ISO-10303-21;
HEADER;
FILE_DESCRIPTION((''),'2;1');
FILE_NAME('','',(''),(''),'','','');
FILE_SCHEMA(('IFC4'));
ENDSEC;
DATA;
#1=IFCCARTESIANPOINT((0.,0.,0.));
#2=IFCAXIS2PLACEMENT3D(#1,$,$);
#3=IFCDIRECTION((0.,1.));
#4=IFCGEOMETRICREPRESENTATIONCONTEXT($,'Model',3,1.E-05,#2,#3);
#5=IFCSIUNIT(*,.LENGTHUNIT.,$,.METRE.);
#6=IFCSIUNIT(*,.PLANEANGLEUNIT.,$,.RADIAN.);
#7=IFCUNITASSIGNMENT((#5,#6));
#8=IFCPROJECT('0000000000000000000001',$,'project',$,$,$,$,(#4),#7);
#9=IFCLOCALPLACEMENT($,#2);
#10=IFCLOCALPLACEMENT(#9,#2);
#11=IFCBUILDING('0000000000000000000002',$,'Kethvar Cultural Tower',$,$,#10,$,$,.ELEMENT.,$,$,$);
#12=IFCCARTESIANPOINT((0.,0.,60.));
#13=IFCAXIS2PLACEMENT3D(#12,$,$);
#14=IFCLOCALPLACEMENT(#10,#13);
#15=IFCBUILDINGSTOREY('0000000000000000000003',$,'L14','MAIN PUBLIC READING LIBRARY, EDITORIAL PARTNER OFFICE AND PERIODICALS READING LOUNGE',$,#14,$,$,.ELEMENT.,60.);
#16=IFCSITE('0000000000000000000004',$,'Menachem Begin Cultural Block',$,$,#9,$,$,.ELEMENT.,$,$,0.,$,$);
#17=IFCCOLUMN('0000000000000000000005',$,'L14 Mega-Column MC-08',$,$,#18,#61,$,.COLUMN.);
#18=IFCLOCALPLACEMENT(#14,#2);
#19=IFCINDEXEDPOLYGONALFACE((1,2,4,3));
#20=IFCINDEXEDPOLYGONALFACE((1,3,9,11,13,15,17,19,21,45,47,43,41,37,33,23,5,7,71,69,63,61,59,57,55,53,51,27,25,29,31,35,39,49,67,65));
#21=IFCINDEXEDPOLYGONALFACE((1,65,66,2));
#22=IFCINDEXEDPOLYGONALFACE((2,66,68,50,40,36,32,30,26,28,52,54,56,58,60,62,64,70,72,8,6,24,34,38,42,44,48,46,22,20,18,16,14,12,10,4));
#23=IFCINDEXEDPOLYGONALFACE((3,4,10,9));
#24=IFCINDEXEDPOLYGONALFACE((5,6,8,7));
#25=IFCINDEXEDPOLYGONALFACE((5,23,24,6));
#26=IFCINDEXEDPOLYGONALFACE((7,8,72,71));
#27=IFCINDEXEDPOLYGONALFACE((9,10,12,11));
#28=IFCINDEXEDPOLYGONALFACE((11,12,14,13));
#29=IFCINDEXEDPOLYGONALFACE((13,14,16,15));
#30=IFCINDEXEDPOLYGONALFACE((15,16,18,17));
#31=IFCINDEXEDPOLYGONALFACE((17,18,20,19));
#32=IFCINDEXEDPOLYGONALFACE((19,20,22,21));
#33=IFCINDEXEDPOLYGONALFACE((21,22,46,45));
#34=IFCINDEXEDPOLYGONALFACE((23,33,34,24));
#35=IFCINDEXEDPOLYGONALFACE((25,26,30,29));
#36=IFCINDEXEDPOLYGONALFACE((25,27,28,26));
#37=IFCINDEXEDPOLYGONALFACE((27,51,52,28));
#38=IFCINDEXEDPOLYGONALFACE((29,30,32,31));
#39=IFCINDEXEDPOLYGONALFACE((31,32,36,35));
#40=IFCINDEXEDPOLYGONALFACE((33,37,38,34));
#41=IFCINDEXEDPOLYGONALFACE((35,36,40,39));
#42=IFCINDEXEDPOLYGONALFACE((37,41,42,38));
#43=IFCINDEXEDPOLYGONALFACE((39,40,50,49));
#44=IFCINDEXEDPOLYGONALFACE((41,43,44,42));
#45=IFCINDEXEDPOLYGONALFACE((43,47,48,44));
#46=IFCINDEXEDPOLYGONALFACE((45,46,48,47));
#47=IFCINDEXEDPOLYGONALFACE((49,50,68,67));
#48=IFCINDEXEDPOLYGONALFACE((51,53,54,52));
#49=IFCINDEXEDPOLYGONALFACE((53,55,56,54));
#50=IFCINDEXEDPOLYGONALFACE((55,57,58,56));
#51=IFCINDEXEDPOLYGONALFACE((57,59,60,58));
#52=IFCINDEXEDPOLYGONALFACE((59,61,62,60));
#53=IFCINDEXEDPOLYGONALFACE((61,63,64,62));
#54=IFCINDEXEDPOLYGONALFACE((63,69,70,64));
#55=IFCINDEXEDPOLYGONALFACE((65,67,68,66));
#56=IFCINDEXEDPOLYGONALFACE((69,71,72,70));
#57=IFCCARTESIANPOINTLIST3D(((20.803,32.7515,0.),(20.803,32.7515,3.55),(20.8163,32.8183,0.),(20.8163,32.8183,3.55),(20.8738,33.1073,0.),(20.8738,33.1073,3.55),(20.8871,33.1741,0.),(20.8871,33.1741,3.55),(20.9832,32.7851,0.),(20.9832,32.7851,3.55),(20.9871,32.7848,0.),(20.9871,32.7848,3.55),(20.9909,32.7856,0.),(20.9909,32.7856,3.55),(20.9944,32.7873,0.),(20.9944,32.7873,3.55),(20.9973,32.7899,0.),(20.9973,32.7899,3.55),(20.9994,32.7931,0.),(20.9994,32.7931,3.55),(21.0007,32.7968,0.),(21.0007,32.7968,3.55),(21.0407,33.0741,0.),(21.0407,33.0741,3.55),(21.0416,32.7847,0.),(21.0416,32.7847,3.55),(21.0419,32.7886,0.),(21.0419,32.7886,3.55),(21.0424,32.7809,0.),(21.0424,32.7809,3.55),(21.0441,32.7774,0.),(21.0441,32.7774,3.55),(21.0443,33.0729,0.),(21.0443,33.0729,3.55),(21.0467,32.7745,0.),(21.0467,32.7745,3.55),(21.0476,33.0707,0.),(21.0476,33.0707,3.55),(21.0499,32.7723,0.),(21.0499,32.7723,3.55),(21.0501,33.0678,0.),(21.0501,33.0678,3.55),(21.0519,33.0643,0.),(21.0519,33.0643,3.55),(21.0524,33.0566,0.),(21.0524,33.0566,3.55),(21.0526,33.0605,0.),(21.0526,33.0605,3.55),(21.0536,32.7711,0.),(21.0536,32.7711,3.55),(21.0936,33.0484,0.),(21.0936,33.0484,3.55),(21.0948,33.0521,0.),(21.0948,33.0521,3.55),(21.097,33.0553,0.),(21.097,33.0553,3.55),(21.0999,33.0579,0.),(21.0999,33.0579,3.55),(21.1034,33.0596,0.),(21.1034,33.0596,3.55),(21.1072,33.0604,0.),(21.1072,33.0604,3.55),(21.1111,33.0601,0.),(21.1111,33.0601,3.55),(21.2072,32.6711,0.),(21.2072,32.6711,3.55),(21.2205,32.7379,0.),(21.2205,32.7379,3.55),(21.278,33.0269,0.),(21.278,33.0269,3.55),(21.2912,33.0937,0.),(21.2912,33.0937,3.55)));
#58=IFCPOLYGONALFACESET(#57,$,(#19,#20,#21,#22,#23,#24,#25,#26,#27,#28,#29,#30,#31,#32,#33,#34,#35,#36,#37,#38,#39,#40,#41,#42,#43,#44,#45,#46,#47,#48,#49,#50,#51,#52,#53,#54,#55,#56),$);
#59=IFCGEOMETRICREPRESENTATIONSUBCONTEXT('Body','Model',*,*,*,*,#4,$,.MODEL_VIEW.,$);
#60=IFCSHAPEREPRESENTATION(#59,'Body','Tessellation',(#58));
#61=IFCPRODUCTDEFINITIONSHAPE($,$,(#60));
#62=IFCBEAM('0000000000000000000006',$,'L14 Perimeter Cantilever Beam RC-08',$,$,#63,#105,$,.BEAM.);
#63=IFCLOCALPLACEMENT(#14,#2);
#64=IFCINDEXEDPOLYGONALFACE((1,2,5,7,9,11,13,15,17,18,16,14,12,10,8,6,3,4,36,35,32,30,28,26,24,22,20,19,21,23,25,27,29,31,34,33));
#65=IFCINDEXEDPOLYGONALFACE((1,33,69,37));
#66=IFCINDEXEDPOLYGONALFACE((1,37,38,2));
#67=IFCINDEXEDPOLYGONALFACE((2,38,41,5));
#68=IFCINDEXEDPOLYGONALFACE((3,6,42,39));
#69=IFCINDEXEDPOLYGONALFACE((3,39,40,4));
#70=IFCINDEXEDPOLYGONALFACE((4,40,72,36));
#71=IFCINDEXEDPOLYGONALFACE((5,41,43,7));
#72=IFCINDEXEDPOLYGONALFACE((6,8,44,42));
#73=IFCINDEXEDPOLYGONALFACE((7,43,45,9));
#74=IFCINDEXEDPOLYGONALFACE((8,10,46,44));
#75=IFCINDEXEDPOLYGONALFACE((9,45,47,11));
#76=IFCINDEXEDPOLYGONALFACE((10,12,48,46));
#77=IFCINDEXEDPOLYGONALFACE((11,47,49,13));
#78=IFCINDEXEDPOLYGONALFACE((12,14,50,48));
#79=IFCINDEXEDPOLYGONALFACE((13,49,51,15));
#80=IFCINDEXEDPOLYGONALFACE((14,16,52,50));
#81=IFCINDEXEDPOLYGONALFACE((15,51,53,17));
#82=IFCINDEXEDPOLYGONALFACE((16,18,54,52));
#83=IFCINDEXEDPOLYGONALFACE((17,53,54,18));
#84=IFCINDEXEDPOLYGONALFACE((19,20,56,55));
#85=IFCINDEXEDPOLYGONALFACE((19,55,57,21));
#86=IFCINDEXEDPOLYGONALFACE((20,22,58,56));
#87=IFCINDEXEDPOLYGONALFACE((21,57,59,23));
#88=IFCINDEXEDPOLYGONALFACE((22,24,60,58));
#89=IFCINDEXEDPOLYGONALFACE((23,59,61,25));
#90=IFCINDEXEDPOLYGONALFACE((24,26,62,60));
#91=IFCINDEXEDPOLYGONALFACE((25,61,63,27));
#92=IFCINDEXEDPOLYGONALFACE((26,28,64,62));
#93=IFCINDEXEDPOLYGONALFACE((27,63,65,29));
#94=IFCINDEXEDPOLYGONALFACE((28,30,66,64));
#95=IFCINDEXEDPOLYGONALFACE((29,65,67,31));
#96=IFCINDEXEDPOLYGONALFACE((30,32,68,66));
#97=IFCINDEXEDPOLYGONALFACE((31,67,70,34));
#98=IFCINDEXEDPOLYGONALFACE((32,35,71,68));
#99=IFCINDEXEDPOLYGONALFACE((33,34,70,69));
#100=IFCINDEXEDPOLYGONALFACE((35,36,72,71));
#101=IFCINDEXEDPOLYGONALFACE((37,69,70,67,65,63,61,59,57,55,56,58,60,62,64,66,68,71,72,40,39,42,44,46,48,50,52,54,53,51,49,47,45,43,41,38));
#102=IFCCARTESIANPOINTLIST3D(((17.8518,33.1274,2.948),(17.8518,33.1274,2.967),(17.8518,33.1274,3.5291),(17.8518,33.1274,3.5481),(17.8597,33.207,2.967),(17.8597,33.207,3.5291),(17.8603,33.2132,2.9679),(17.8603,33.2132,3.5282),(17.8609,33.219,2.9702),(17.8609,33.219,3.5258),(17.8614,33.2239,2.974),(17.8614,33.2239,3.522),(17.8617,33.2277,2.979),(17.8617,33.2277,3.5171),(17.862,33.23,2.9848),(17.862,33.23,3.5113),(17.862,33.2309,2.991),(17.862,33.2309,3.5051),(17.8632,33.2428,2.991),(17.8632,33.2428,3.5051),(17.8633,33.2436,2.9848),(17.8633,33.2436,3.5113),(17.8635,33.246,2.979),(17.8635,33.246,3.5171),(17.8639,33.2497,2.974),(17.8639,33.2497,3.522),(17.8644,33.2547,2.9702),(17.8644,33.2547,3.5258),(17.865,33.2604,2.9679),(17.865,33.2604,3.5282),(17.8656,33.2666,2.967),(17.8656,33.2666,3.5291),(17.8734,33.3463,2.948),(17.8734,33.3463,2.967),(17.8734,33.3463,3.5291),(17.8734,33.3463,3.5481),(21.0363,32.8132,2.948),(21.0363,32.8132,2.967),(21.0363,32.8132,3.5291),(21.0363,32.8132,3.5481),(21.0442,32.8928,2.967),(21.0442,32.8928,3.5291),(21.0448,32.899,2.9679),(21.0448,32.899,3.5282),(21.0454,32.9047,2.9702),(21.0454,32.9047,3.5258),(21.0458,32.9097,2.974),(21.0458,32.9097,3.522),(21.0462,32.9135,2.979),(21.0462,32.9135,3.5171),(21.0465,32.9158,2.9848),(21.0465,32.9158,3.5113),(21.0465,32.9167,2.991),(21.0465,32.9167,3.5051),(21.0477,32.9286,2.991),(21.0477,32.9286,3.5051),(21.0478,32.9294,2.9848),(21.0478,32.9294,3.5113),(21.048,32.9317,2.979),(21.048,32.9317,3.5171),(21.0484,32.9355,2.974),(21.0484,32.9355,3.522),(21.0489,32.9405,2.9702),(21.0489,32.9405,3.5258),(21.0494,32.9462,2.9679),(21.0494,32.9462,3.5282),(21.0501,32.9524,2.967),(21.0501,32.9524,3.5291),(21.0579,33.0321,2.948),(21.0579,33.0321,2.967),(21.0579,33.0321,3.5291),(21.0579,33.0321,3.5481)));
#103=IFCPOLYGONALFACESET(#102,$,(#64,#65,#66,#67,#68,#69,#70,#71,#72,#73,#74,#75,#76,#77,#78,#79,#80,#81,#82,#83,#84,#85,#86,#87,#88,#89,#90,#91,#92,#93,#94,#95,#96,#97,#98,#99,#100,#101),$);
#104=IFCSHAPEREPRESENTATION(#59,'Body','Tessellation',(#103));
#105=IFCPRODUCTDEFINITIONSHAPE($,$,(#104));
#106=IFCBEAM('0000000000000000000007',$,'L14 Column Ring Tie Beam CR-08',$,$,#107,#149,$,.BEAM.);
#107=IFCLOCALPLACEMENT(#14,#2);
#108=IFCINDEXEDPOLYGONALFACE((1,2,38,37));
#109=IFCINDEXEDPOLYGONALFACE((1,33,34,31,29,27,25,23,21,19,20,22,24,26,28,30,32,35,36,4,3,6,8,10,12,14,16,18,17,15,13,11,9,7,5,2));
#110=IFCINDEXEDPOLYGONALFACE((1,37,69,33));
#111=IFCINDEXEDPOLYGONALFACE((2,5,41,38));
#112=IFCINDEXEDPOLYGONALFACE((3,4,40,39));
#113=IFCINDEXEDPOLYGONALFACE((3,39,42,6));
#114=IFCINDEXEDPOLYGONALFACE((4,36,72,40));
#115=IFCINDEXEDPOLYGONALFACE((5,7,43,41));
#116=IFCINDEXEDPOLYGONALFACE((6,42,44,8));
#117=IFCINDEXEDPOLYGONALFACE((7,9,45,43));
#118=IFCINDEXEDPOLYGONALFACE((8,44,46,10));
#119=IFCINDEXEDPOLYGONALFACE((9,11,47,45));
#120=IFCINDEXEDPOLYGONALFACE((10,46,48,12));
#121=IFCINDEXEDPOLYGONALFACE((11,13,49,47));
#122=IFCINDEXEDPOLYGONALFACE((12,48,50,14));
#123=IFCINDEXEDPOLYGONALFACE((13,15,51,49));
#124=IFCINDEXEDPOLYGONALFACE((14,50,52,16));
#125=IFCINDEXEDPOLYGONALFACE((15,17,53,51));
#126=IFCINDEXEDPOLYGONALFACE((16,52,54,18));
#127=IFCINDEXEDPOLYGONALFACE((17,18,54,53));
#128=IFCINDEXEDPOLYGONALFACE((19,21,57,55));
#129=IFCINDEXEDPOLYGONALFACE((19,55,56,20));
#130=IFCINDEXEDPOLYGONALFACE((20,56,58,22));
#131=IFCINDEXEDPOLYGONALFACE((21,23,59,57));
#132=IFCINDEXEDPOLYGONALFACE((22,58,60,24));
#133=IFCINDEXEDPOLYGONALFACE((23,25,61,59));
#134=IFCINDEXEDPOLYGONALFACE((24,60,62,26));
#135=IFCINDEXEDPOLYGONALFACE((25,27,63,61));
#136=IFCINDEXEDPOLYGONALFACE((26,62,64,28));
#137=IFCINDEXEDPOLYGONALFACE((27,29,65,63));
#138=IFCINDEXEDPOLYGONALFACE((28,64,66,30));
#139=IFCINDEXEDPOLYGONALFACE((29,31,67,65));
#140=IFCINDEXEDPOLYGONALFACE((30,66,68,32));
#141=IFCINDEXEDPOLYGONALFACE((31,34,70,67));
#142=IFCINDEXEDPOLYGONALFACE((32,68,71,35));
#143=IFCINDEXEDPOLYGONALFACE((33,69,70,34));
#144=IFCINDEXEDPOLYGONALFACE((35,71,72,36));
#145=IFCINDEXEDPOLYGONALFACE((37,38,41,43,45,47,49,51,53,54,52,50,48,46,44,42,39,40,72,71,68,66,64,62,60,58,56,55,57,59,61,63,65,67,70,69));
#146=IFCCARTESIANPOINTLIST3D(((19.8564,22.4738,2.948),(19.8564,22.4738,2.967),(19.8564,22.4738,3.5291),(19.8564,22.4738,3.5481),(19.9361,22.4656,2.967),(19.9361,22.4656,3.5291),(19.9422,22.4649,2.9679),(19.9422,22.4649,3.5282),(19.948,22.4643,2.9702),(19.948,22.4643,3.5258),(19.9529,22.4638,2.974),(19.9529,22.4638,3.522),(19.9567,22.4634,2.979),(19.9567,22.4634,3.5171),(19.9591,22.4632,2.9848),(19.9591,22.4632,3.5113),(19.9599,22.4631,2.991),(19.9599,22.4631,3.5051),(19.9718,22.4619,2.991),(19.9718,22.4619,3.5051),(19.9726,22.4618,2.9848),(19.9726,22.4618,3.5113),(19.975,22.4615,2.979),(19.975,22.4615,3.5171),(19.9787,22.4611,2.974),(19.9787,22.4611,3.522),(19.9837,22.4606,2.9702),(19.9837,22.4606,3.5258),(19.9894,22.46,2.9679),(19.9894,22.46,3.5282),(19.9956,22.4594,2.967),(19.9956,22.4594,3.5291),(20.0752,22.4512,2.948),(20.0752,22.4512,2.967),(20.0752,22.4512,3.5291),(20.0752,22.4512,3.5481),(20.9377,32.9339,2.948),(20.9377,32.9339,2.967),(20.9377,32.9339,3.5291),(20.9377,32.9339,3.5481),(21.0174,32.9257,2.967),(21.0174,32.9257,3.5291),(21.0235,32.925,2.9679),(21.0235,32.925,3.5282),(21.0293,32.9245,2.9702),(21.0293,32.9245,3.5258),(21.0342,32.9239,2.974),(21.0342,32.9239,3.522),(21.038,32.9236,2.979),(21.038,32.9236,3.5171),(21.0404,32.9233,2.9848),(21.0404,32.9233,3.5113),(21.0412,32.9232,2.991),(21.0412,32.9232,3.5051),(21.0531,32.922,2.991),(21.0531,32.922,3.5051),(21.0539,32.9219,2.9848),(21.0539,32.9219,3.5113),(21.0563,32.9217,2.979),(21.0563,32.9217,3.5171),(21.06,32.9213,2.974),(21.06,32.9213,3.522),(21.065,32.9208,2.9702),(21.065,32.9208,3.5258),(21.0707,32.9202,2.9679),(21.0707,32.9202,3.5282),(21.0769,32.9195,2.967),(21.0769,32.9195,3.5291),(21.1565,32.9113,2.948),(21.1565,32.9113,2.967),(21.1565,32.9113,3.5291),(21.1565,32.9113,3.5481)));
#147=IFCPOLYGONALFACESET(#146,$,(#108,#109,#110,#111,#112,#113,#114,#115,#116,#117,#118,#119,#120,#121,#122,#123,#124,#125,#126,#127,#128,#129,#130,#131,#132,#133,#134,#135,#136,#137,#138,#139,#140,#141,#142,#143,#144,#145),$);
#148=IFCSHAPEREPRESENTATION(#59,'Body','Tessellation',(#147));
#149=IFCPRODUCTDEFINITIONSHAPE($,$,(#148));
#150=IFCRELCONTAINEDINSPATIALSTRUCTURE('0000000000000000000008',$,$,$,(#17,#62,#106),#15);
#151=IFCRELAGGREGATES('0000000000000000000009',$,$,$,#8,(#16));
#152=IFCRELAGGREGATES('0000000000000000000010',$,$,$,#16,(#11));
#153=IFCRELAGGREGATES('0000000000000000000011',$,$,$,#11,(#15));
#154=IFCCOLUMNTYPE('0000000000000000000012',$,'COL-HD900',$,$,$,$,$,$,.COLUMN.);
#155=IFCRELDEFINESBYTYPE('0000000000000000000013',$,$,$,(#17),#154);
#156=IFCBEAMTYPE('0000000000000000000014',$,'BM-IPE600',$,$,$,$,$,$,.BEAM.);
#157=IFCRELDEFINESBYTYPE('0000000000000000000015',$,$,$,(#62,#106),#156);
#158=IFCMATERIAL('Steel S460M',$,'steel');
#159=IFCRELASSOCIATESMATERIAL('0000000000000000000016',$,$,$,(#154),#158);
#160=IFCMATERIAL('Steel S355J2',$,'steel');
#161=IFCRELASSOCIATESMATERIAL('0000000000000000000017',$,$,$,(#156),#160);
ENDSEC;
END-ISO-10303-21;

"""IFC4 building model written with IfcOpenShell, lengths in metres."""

from ifc_helpers import new_model, si_unit, direction, frame, origin, origin_2d, place, context, subcontext, project, spatial, i_section, extrude, source, transform, mapped, material, material_profile, profile_set, type_object, element, save


model = new_model("IFC4")

# Units and contexts
model_context = context("Model", 3, precision=1e-05, world=origin(), true_north=direction((0.0, 1.0)))
body_context = subcontext(model_context, "Body", "Model", "MODEL_VIEW")
ifc_project = project(units=[si_unit("LENGTHUNIT", "METRE"), si_unit("PLANEANGLEUNIT", "RADIAN")], contexts=[model_context])

# Site, building, storey
site_placement = place(None, origin())
site = spatial("IfcSite", under=ifc_project, at=site_placement, Name="Menachem Begin Cultural Block", CompositionType="ELEMENT", RefElevation=0.0)
building_placement = place(site_placement, origin())
building = spatial("IfcBuilding", under=site, at=building_placement, Name="Kethvar Cultural Tower", CompositionType="ELEMENT")
storey_placement = place(building_placement, frame((0.0, 0.0, 60.0)))
storey = spatial("IfcBuildingStorey", under=building, at=storey_placement, Name="L14", Description="MAIN PUBLIC READING LIBRARY, EDITORIAL PARTNER OFFICE AND PERIODICALS READING LOUNGE", CompositionType="ELEMENT", Elevation=60.0)

# Column
ifc_material_1 = material(Name="Steel S460M", Category="steel")
ifc_material_profile_1 = material_profile(ifc_material_1, i_section(OverallWidth=0.4121, OverallDepth=0.4309, WebThickness=0.042, FlangeThickness=0.0681, FilletRadius=0.0149, at=origin_2d()), Name="Steel S460M — HD400x900")
ifc_profile_set_1 = profile_set([ifc_material_profile_1], Name="Steel S460M — HD400x900")
column_type = type_object("IfcColumnType", Name="COL-HD900", PredefinedType="COLUMN", material=ifc_profile_set_1)
shared_shape_1 = source(origin(), body_context, "Body", "SweptSolid", [
    extrude(i_section(OverallWidth=0.4121, OverallDepth=0.4309, WebThickness=0.042, FlangeThickness=0.0681, FilletRadius=0.0149, at=origin_2d()), origin(), (0.0, 0.0, 1.0), 3.55),
])
column_placement = place(storey_placement, frame((21.0471, 32.9226, 0.0), z_axis=(0.0, 0.0, 1.0), x_axis=(-0.980785, 0.19509, 0.0)))
element("IfcColumn", 1, at=column_placement, inside=storey, type_object=column_type, Name="L14 Mega-Column MC-08", PredefinedType="COLUMN", context=body_context, shape_type="MappedRepresentation", body=[
    mapped(shared_shape_1, transform((0.0, 0.0, 0.0), scale=1.0)),
])

# Beams
ifc_material_2 = material(Name="Steel S355J2", Category="steel")
ifc_material_profile_2 = material_profile(ifc_material_2, i_section(OverallWidth=0.22, OverallDepth=0.6001, WebThickness=0.012, FlangeThickness=0.019, FilletRadius=0.0239, at=origin_2d()), Name="Steel S355J2 — IPE600")
ifc_profile_set_2 = profile_set([ifc_material_profile_2], Name="Steel S355J2 — IPE600")
beam_type_1 = type_object("IfcBeamType", Name="BM-IPE600", PredefinedType="BEAM", material=ifc_profile_set_2)
shared_shape_2 = source(origin(), body_context, "Body", "SweptSolid", [
    extrude(i_section(OverallWidth=0.22, OverallDepth=0.6001, WebThickness=0.012, FlangeThickness=0.019, FilletRadius=0.0239, at=origin_2d()), origin(), (0.0, 0.0, 1.0), 3.2),
])
beam_1_placement = place(storey_placement, frame((21.0471, 32.9226, 3.248), z_axis=(-0.995168, 0.098189, 0.0), x_axis=(-0.098189, -0.995168, 0.0)))
element("IfcBeam", 2, at=beam_1_placement, inside=storey, type_object=beam_type_1, Name="L14 Perimeter Cantilever Beam RC-08", PredefinedType="BEAM", context=body_context, shape_type="MappedRepresentation", body=[
    mapped(shared_shape_2, transform((0.0, 0.0, 0.0), scale=1.0)),
])
shared_shape_3 = source(origin(), body_context, "Body", "SweptSolid", [
    extrude(i_section(OverallWidth=0.22, OverallDepth=0.6001, WebThickness=0.012, FlangeThickness=0.019, FilletRadius=0.0239, at=origin_2d()), origin(), (0.0, 0.0, 1.0), 10.5159),
])
beam_2_placement = place(storey_placement, frame((21.0471, 32.9226, 3.248), z_axis=(-0.102825, -0.994699, 0.0), x_axis=(0.994699, -0.102825, 0.0)))
element("IfcBeam", 3, at=beam_2_placement, inside=storey, type_object=beam_type_1, Name="L14 Column Ring Tie Beam CR-08", PredefinedType="BEAM", context=body_context, shape_type="MappedRepresentation", body=[
    mapped(shared_shape_3, transform((0.0, 0.0, 0.0), scale=1.0)),
])

save(model, "model.ifc")
